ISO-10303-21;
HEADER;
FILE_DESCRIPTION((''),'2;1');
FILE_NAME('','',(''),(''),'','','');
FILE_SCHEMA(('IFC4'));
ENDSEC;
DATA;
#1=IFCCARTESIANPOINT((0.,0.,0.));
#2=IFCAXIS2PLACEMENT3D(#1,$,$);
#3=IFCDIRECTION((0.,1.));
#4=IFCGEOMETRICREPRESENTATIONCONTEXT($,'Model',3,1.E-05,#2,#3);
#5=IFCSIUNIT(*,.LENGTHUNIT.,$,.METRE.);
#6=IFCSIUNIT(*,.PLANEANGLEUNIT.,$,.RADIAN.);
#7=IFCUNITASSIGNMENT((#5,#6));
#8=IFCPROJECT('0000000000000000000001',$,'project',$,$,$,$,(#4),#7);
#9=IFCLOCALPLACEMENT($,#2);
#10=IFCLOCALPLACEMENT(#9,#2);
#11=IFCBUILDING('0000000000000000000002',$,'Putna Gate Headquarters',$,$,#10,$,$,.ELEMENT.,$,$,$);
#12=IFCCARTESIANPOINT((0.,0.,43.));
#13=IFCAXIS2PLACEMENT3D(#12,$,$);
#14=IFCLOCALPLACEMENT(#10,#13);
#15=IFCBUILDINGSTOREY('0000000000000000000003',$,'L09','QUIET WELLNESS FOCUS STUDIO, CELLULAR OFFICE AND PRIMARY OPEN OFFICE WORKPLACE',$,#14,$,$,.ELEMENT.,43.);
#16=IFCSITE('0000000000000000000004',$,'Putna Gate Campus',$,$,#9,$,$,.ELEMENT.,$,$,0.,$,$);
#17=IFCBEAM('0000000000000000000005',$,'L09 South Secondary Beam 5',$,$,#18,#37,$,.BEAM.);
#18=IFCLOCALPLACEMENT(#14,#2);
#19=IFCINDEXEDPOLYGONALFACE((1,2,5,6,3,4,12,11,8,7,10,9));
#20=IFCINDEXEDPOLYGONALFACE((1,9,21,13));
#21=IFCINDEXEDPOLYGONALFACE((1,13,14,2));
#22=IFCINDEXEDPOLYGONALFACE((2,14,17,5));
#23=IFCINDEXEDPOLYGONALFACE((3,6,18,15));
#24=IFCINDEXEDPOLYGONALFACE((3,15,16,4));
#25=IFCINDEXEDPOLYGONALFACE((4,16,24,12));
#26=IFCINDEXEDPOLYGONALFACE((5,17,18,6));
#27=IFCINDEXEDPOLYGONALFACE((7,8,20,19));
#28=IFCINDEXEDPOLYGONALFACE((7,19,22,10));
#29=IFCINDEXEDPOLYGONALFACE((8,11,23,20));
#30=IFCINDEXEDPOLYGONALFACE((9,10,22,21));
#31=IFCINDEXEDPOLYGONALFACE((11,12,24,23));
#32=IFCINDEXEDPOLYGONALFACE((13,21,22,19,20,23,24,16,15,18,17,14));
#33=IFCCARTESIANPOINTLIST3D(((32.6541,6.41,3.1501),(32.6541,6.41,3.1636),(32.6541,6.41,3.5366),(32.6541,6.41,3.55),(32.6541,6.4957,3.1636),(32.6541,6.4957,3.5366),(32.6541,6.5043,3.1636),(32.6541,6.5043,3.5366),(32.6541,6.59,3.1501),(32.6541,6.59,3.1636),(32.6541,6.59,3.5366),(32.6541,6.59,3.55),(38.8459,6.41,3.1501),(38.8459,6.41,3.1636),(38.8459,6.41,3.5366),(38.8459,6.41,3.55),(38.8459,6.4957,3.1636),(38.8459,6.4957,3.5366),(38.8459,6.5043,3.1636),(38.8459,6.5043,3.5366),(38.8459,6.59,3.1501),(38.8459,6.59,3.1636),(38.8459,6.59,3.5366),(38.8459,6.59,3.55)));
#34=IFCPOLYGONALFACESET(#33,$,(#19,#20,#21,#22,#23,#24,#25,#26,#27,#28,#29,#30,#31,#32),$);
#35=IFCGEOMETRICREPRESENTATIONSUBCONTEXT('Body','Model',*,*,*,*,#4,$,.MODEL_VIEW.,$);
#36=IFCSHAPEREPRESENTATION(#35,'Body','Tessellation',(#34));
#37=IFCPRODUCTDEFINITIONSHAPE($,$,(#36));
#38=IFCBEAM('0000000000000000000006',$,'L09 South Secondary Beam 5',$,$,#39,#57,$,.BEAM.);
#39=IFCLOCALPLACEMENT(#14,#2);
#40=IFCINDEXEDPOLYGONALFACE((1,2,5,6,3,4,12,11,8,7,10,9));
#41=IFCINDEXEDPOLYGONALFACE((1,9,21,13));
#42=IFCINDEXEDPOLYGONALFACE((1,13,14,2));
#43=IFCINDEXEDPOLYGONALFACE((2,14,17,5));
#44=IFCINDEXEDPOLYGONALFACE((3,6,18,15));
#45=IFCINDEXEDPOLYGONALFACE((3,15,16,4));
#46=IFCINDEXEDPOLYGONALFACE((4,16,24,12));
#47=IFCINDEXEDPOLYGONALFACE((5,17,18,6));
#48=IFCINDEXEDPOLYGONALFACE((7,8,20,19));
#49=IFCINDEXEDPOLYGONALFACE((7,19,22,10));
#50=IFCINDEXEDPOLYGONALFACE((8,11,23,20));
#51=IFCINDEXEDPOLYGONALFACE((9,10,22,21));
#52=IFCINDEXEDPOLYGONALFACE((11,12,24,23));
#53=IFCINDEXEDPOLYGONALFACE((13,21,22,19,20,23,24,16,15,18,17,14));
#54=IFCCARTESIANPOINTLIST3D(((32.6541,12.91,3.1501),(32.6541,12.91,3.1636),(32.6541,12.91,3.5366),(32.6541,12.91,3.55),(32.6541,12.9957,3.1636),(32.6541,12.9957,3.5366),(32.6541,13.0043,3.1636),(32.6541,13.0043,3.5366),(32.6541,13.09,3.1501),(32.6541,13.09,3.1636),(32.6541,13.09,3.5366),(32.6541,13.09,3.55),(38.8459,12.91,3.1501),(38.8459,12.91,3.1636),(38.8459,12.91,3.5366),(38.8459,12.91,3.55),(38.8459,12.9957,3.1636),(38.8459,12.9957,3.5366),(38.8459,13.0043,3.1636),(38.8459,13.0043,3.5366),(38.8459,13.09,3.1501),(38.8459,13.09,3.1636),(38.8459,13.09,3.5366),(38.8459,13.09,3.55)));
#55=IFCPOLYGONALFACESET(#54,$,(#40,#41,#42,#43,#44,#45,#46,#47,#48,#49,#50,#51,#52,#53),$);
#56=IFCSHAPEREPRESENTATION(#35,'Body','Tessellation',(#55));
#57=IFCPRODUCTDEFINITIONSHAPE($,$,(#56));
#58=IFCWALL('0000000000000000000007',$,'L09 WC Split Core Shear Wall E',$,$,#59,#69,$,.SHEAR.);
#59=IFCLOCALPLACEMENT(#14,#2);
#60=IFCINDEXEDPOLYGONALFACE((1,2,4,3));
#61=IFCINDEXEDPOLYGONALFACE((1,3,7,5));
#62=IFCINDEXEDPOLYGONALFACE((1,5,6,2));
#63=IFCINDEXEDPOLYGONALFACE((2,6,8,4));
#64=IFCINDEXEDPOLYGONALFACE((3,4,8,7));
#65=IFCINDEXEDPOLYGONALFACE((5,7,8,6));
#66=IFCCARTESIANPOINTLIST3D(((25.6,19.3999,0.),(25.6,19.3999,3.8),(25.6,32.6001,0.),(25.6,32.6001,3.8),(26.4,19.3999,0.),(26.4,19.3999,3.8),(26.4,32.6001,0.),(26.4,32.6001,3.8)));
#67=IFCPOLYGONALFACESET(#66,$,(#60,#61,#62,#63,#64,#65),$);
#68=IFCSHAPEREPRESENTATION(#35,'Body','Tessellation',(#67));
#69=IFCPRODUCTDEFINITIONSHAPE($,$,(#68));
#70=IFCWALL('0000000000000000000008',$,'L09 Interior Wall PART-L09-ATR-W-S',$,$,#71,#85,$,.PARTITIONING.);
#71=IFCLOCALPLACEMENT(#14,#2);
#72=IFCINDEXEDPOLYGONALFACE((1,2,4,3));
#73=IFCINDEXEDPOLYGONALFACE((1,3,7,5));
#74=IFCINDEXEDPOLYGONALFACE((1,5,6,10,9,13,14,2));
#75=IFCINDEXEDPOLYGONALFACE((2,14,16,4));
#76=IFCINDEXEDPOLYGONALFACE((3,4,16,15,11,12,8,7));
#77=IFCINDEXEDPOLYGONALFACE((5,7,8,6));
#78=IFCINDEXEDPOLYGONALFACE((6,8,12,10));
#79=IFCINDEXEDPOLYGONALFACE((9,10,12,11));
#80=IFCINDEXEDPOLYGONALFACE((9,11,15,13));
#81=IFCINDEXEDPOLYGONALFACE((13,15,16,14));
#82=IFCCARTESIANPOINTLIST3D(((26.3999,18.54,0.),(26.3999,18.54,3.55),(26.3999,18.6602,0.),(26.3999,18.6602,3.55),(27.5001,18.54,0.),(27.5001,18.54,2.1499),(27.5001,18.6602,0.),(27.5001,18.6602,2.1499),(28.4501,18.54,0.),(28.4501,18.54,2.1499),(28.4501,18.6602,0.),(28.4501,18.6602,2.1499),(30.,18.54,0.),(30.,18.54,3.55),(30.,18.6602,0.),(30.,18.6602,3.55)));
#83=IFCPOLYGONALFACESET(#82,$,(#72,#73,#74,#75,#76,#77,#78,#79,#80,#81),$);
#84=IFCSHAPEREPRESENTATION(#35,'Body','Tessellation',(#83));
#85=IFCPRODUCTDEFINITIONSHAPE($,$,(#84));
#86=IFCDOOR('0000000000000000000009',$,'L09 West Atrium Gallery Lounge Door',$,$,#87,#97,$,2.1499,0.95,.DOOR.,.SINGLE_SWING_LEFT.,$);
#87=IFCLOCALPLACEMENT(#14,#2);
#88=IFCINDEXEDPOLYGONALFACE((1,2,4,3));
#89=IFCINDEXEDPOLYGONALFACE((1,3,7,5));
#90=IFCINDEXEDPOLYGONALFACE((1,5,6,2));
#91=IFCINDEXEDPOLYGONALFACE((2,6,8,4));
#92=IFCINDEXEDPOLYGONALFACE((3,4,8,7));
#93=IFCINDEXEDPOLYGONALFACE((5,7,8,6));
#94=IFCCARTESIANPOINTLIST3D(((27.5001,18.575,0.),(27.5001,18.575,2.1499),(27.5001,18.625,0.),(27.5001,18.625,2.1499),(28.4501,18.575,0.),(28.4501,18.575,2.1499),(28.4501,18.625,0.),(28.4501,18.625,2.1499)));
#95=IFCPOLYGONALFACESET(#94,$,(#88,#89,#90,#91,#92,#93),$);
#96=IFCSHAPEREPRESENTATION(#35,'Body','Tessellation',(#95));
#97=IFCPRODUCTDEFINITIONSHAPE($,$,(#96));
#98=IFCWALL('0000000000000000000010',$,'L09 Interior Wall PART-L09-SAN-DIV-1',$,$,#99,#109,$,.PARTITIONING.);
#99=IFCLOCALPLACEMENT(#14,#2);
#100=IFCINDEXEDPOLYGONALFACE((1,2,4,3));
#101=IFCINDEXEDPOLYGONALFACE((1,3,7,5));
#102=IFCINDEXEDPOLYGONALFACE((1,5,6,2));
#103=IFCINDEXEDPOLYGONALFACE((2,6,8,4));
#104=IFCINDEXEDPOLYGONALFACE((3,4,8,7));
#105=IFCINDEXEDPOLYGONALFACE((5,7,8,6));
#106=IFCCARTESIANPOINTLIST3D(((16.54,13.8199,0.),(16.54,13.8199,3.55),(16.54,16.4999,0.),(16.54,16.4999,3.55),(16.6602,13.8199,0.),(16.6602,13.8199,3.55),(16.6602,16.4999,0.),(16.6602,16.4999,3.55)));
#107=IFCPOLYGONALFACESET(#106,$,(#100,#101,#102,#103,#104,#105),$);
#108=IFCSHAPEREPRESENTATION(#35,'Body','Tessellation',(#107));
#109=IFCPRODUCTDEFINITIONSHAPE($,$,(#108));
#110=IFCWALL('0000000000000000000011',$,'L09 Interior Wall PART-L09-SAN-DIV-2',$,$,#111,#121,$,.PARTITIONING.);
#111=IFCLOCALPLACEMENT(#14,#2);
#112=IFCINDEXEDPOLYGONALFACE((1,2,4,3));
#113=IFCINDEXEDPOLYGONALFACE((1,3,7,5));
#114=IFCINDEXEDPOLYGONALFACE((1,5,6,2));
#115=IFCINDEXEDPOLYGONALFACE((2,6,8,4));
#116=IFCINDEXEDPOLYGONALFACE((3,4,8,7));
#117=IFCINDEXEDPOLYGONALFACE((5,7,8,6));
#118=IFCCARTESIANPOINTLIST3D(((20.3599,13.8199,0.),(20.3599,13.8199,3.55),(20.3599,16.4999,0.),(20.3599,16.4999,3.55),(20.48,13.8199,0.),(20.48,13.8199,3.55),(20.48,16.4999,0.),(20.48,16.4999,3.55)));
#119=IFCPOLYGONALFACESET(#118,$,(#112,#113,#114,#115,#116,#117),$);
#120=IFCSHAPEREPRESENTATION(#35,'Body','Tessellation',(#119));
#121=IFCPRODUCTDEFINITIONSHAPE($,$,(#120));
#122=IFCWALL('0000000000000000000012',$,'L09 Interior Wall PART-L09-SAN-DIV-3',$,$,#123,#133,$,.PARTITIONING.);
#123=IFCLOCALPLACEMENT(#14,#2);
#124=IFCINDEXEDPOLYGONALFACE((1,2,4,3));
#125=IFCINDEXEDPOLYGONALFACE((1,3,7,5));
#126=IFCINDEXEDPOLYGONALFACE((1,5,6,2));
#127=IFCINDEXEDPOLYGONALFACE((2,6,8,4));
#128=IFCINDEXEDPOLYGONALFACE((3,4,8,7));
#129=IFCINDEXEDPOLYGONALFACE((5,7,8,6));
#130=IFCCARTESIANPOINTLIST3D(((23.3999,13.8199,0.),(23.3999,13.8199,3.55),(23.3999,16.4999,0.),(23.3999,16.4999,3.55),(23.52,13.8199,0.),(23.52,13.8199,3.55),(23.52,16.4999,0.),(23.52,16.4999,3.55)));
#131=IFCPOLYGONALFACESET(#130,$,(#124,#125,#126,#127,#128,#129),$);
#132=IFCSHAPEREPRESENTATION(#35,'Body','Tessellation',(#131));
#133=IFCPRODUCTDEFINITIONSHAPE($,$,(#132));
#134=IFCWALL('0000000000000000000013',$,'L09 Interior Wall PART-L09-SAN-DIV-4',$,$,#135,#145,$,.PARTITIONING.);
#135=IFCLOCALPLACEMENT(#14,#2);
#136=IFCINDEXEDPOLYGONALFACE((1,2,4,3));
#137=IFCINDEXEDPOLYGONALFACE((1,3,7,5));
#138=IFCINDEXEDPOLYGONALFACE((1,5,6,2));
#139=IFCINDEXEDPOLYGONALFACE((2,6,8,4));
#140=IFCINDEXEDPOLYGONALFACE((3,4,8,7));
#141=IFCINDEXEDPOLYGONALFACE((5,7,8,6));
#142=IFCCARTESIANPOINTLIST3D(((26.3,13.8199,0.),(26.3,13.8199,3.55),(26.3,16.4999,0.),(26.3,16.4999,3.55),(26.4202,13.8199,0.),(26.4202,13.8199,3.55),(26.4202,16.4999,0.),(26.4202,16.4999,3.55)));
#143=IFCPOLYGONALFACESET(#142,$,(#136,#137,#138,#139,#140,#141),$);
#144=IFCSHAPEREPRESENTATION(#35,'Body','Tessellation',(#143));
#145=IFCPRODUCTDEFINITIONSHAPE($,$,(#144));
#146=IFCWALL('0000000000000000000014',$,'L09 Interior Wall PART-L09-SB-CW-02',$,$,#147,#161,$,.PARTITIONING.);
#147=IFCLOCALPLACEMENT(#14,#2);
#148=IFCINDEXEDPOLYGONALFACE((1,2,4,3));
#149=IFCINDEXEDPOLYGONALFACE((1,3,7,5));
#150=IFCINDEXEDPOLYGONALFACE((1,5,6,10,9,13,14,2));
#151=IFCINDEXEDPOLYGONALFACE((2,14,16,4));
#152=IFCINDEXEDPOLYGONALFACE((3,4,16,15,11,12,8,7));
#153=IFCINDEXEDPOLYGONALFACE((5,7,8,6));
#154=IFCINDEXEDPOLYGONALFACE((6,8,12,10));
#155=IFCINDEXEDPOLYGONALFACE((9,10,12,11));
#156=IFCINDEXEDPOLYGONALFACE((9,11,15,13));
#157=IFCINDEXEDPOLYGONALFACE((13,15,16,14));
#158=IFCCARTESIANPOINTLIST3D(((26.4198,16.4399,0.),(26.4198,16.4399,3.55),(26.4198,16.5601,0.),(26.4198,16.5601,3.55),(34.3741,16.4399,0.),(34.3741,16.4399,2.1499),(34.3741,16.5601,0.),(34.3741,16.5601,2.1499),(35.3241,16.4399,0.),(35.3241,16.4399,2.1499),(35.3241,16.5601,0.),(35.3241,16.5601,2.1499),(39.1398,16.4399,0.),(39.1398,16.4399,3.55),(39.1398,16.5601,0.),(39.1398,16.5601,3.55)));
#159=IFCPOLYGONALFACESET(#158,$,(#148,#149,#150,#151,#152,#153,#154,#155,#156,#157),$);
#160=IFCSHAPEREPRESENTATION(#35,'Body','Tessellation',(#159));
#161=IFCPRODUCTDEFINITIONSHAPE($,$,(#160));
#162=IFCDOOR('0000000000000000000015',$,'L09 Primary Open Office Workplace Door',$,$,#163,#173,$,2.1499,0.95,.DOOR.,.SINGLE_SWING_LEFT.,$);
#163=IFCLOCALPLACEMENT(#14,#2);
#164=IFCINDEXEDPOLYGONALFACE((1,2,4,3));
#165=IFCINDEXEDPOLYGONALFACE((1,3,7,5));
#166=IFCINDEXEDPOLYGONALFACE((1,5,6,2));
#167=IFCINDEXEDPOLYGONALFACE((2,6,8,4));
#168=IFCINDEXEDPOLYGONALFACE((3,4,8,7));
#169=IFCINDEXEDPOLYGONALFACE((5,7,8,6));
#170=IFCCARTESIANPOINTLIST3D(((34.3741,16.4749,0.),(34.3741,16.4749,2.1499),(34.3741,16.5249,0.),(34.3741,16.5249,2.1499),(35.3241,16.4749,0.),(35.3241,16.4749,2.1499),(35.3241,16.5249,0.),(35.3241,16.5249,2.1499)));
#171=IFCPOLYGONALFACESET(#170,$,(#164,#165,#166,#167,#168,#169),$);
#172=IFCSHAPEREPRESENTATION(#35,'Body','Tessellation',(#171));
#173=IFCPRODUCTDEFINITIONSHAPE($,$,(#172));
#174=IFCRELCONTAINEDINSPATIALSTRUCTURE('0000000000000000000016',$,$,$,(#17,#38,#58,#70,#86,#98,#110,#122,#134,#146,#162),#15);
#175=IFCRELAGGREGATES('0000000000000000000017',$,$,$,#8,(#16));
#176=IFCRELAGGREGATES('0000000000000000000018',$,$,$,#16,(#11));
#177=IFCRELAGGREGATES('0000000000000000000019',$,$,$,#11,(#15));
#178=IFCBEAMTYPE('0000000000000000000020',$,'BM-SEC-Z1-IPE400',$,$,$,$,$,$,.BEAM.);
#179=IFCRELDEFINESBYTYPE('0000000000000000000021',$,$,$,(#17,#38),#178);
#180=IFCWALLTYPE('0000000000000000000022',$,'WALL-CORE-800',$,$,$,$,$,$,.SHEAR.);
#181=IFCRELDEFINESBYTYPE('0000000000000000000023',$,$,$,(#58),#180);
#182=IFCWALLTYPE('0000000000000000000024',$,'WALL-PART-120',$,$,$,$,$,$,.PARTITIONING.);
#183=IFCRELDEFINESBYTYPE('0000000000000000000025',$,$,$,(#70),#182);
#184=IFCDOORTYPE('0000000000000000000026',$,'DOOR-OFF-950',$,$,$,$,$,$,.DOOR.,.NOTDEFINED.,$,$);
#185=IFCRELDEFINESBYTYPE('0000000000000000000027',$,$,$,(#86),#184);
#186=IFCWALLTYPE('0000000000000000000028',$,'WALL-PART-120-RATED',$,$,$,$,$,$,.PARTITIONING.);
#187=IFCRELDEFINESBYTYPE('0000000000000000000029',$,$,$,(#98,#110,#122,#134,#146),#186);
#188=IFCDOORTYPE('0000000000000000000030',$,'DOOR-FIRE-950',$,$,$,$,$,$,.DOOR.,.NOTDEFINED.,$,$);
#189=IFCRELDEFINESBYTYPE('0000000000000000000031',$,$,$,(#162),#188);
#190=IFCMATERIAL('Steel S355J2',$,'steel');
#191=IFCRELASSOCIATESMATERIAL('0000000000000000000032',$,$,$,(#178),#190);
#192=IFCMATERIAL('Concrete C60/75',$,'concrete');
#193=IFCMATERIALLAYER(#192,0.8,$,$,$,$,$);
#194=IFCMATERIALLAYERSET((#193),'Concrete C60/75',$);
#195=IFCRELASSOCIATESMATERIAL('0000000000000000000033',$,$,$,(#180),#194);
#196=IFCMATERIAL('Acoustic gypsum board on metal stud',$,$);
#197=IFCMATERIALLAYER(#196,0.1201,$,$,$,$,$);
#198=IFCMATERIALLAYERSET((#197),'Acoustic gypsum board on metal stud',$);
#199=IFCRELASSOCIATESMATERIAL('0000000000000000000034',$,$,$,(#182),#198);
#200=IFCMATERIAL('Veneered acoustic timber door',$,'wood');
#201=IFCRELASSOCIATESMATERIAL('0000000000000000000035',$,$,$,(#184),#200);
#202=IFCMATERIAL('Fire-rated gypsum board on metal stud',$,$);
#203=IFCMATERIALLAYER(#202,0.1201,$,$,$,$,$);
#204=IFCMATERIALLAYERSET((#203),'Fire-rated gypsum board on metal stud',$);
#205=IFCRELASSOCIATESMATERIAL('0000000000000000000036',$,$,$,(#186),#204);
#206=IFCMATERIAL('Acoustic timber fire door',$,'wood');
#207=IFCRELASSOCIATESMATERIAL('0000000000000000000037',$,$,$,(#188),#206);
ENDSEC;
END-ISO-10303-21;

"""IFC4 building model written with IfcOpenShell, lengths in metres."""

from ifc_helpers import new_model, si_unit, direction, frame, frame_2d, origin, origin_2d, place, context, subcontext, project, spatial, rectangle, i_section, extrude, material, layer, layer_set, material_profile, profile_set, type_object, element, fill, save


model = new_model("IFC4")

# Units and contexts
model_context = context("Model", 3, precision=1e-05, world=origin(), true_north=direction((0.0, 1.0)))
body_context = subcontext(model_context, "Body", "Model", "MODEL_VIEW")
ifc_project = project(units=[si_unit("LENGTHUNIT", "METRE"), si_unit("PLANEANGLEUNIT", "RADIAN")], contexts=[model_context])

# Site, building, storey
site_placement = place(None, origin())
site = spatial("IfcSite", under=ifc_project, at=site_placement, Name="Putna Gate Campus", CompositionType="ELEMENT", RefElevation=0.0)
building_placement = place(site_placement, origin())
building = spatial("IfcBuilding", under=site, at=building_placement, Name="Putna Gate Headquarters", CompositionType="ELEMENT")
storey_placement = place(building_placement, frame((0.0, 0.0, 43.0)))
storey = spatial("IfcBuildingStorey", under=building, at=storey_placement, Name="L09", Description="QUIET WELLNESS FOCUS STUDIO, CELLULAR OFFICE AND PRIMARY OPEN OFFICE WORKPLACE", CompositionType="ELEMENT", Elevation=43.0)

# Shared definitions
ifc_material_1 = material(Name="Concrete C60/75", Category="concrete")

# Beams
ifc_material_2 = material(Name="Steel S355J2", Category="steel")
ifc_material_profile_1 = material_profile(ifc_material_2, i_section(OverallWidth=0.1799, OverallDepth=0.3999, WebThickness=0.0085, FlangeThickness=0.0134, at=origin_2d()), Name="Steel S355J2")
ifc_profile_set_1 = profile_set([ifc_material_profile_1], Name="Steel S355J2")
beam_type_1 = type_object("IfcBeamType", Name="BM-SEC-Z1-IPE400", PredefinedType="BEAM", material=ifc_profile_set_1)
for number, where, z_axis, x_axis, name in (
    (1, (32.6541, 6.5, 3.3501), (1.0, 0.0, 0.0), (0.0, 1.0, 0.0), "L09 South Secondary Beam 5"),
    (2, (32.6541, 13.0, 3.3501), (1.0, 0.0, 0.0), (0.0, 1.0, 0.0), "L09 South Secondary Beam 5"),
):
    element("IfcBeam", number, at=place(storey_placement, frame(where, z_axis=z_axis, x_axis=x_axis)), inside=storey, type_object=beam_type_1, Name=name, PredefinedType="BEAM", context=body_context, shape_type="SweptSolid", body=[
        extrude(i_section(OverallWidth=0.1799, OverallDepth=0.3999, WebThickness=0.0085, FlangeThickness=0.0134, at=origin_2d()), origin(), (0.0, 0.0, 1.0), 6.1919),
    ])

# Wall
ifc_layer_1 = layer(ifc_material_1, 0.8)
ifc_layer_set_1 = layer_set([ifc_layer_1], Name="Concrete C60/75")
wall_type_1 = type_object("IfcWallType", Name="WALL-CORE-800", PredefinedType="SHEAR", material=ifc_layer_set_1)
wall_1_placement = place(storey_placement, frame((26.0, 19.3999, 0.0), z_axis=(0.0, 0.0, 1.0), x_axis=(0.0, 1.0, 0.0)))
element("IfcWall", 3, at=wall_1_placement, inside=storey, type_object=wall_type_1, Name="L09 WC Split Core Shear Wall E", PredefinedType="SHEAR", context=body_context, shape_type="SweptSolid", body=[
    extrude(rectangle(XDim=13.2002, YDim=0.8, at=frame_2d((6.6001, 0.0))), origin(), (0.0, 0.0, 1.0), 3.8),
])

# Wall, opening, door
ifc_material_3 = material(Name="Acoustic gypsum board on metal stud")
ifc_layer_2 = layer(ifc_material_3, 0.1201)
ifc_layer_set_2 = layer_set([ifc_layer_2], Name="Acoustic gypsum board on metal stud")
wall_type_2 = type_object("IfcWallType", Name="WALL-PART-120", PredefinedType="PARTITIONING", material=ifc_layer_set_2)
wall_2_placement = place(storey_placement, frame((26.3999, 18.6001, 0.0), z_axis=(0.0, 0.0, 1.0), x_axis=(1.0, 0.0, 0.0)))
wall_2 = element("IfcWall", 4, at=wall_2_placement, inside=storey, type_object=wall_type_2, Name="L09 Interior Wall PART-L09-ATR-W-S", PredefinedType="PARTITIONING", context=body_context, shape_type="SweptSolid", body=[
    extrude(rectangle(XDim=3.6001, YDim=0.1201, at=frame_2d((1.8, 0.0))), origin(), (0.0, 0.0, 1.0), 3.55),
])
opening_1_placement = place(wall_2_placement, frame((1.1001, 0.0, 0.0)))
opening_1 = element("IfcOpeningElement", 5, at=opening_1_placement, cuts=wall_2, PredefinedType="OPENING", context=body_context, shape_type="SweptSolid", body=[
    extrude(rectangle(XDim=0.95, YDim=2.1499, at=frame_2d((0.4751, 1.075))), frame((0.0, 0.0701, 0.0), z_axis=(0.0, -1.0, 0.0), x_axis=(1.0, 0.0, 0.0)), (0.0, 0.0, 1.0), 0.1401),
])
ifc_material_4 = material(Name="Veneered acoustic timber door", Category="wood")
door_type_1 = type_object("IfcDoorType", Name="DOOR-OFF-950", OperationType="NOTDEFINED", PredefinedType="DOOR", material=ifc_material_4)
door_1_placement = place(opening_1_placement, origin())
door_1 = element("IfcDoor", 6, at=door_1_placement, inside=storey, type_object=door_type_1, Name="L09 West Atrium Gallery Lounge Door", OperationType="SINGLE_SWING_LEFT", OverallHeight=2.1499, OverallWidth=0.95, PredefinedType="DOOR", context=body_context, shape_type="SweptSolid", body=[
    extrude(rectangle(XDim=0.95, YDim=2.1499, at=frame_2d((0.4751, 1.075))), frame((0.0, 0.0249, 0.0), z_axis=(0.0, -1.0, 0.0), x_axis=(1.0, 0.0, 0.0)), (0.0, 0.0, 1.0), 0.05),
])
fill(opening_1, door_1)

# Walls
ifc_material_5 = material(Name="Fire-rated gypsum board on metal stud")
ifc_layer_3 = layer(ifc_material_5, 0.1201)
ifc_layer_set_3 = layer_set([ifc_layer_3], Name="Fire-rated gypsum board on metal stud")
wall_type_3 = type_object("IfcWallType", Name="WALL-PART-120-RATED", PredefinedType="PARTITIONING", material=ifc_layer_set_3)
for number, where, z_axis, x_axis, name in (
    (7, (16.6001, 13.8201, 0.0), (0.0, 0.0, 1.0), (0.0, 1.0, 0.0), "L09 Interior Wall PART-L09-SAN-DIV-1"),
    (8, (20.4199, 13.8201, 0.0), (0.0, 0.0, 1.0), (0.0, 1.0, 0.0), "L09 Interior Wall PART-L09-SAN-DIV-2"),
    (9, (23.46, 13.8201, 0.0), (0.0, 0.0, 1.0), (0.0, 1.0, 0.0), "L09 Interior Wall PART-L09-SAN-DIV-3"),
    (10, (26.3601, 13.8201, 0.0), (0.0, 0.0, 1.0), (0.0, 1.0, 0.0), "L09 Interior Wall PART-L09-SAN-DIV-4"),
):
    element("IfcWall", number, at=place(storey_placement, frame(where, z_axis=z_axis, x_axis=x_axis)), inside=storey, type_object=wall_type_3, Name=name, PredefinedType="PARTITIONING", context=body_context, shape_type="SweptSolid", body=[
        extrude(rectangle(XDim=2.6799, YDim=0.1201, at=frame_2d((1.3398, 0.0))), origin(), (0.0, 0.0, 1.0), 3.55),
    ])

# Wall, opening, door
wall_3_placement = place(storey_placement, frame((26.4199, 16.5, 0.0), z_axis=(0.0, 0.0, 1.0), x_axis=(1.0, 0.0, 0.0)))
wall_3 = element("IfcWall", 11, at=wall_3_placement, inside=storey, type_object=wall_type_3, Name="L09 Interior Wall PART-L09-SB-CW-02", PredefinedType="PARTITIONING", context=body_context, shape_type="SweptSolid", body=[
    extrude(rectangle(XDim=12.72, YDim=0.1201, at=frame_2d((6.3599, 0.0))), origin(), (0.0, 0.0, 1.0), 3.55),
])
opening_2_placement = place(wall_3_placement, frame((7.9541, 0.0, 0.0)))
opening_2 = element("IfcOpeningElement", 12, at=opening_2_placement, cuts=wall_3, PredefinedType="OPENING", context=body_context, shape_type="SweptSolid", body=[
    extrude(rectangle(XDim=0.95, YDim=2.1499, at=frame_2d((0.4751, 1.075))), frame((0.0, 0.0701, 0.0), z_axis=(0.0, -1.0, 0.0), x_axis=(1.0, 0.0, 0.0)), (0.0, 0.0, 1.0), 0.1401),
])
ifc_material_6 = material(Name="Acoustic timber fire door", Category="wood")
door_type_2 = type_object("IfcDoorType", Name="DOOR-FIRE-950", OperationType="NOTDEFINED", PredefinedType="DOOR", material=ifc_material_6)
door_2_placement = place(opening_2_placement, origin())
door_2 = element("IfcDoor", 13, at=door_2_placement, inside=storey, type_object=door_type_2, Name="L09 Primary Open Office Workplace Door", OperationType="SINGLE_SWING_LEFT", OverallHeight=2.1499, OverallWidth=0.95, PredefinedType="DOOR", context=body_context, shape_type="SweptSolid", body=[
    extrude(rectangle(XDim=0.95, YDim=2.1499, at=frame_2d((0.4751, 1.075))), frame((0.0, 0.0249, 0.0), z_axis=(0.0, -1.0, 0.0), x_axis=(1.0, 0.0, 0.0)), (0.0, 0.0, 1.0), 0.05),
])
fill(opening_2, door_2)

save(model, "model.ifc")
